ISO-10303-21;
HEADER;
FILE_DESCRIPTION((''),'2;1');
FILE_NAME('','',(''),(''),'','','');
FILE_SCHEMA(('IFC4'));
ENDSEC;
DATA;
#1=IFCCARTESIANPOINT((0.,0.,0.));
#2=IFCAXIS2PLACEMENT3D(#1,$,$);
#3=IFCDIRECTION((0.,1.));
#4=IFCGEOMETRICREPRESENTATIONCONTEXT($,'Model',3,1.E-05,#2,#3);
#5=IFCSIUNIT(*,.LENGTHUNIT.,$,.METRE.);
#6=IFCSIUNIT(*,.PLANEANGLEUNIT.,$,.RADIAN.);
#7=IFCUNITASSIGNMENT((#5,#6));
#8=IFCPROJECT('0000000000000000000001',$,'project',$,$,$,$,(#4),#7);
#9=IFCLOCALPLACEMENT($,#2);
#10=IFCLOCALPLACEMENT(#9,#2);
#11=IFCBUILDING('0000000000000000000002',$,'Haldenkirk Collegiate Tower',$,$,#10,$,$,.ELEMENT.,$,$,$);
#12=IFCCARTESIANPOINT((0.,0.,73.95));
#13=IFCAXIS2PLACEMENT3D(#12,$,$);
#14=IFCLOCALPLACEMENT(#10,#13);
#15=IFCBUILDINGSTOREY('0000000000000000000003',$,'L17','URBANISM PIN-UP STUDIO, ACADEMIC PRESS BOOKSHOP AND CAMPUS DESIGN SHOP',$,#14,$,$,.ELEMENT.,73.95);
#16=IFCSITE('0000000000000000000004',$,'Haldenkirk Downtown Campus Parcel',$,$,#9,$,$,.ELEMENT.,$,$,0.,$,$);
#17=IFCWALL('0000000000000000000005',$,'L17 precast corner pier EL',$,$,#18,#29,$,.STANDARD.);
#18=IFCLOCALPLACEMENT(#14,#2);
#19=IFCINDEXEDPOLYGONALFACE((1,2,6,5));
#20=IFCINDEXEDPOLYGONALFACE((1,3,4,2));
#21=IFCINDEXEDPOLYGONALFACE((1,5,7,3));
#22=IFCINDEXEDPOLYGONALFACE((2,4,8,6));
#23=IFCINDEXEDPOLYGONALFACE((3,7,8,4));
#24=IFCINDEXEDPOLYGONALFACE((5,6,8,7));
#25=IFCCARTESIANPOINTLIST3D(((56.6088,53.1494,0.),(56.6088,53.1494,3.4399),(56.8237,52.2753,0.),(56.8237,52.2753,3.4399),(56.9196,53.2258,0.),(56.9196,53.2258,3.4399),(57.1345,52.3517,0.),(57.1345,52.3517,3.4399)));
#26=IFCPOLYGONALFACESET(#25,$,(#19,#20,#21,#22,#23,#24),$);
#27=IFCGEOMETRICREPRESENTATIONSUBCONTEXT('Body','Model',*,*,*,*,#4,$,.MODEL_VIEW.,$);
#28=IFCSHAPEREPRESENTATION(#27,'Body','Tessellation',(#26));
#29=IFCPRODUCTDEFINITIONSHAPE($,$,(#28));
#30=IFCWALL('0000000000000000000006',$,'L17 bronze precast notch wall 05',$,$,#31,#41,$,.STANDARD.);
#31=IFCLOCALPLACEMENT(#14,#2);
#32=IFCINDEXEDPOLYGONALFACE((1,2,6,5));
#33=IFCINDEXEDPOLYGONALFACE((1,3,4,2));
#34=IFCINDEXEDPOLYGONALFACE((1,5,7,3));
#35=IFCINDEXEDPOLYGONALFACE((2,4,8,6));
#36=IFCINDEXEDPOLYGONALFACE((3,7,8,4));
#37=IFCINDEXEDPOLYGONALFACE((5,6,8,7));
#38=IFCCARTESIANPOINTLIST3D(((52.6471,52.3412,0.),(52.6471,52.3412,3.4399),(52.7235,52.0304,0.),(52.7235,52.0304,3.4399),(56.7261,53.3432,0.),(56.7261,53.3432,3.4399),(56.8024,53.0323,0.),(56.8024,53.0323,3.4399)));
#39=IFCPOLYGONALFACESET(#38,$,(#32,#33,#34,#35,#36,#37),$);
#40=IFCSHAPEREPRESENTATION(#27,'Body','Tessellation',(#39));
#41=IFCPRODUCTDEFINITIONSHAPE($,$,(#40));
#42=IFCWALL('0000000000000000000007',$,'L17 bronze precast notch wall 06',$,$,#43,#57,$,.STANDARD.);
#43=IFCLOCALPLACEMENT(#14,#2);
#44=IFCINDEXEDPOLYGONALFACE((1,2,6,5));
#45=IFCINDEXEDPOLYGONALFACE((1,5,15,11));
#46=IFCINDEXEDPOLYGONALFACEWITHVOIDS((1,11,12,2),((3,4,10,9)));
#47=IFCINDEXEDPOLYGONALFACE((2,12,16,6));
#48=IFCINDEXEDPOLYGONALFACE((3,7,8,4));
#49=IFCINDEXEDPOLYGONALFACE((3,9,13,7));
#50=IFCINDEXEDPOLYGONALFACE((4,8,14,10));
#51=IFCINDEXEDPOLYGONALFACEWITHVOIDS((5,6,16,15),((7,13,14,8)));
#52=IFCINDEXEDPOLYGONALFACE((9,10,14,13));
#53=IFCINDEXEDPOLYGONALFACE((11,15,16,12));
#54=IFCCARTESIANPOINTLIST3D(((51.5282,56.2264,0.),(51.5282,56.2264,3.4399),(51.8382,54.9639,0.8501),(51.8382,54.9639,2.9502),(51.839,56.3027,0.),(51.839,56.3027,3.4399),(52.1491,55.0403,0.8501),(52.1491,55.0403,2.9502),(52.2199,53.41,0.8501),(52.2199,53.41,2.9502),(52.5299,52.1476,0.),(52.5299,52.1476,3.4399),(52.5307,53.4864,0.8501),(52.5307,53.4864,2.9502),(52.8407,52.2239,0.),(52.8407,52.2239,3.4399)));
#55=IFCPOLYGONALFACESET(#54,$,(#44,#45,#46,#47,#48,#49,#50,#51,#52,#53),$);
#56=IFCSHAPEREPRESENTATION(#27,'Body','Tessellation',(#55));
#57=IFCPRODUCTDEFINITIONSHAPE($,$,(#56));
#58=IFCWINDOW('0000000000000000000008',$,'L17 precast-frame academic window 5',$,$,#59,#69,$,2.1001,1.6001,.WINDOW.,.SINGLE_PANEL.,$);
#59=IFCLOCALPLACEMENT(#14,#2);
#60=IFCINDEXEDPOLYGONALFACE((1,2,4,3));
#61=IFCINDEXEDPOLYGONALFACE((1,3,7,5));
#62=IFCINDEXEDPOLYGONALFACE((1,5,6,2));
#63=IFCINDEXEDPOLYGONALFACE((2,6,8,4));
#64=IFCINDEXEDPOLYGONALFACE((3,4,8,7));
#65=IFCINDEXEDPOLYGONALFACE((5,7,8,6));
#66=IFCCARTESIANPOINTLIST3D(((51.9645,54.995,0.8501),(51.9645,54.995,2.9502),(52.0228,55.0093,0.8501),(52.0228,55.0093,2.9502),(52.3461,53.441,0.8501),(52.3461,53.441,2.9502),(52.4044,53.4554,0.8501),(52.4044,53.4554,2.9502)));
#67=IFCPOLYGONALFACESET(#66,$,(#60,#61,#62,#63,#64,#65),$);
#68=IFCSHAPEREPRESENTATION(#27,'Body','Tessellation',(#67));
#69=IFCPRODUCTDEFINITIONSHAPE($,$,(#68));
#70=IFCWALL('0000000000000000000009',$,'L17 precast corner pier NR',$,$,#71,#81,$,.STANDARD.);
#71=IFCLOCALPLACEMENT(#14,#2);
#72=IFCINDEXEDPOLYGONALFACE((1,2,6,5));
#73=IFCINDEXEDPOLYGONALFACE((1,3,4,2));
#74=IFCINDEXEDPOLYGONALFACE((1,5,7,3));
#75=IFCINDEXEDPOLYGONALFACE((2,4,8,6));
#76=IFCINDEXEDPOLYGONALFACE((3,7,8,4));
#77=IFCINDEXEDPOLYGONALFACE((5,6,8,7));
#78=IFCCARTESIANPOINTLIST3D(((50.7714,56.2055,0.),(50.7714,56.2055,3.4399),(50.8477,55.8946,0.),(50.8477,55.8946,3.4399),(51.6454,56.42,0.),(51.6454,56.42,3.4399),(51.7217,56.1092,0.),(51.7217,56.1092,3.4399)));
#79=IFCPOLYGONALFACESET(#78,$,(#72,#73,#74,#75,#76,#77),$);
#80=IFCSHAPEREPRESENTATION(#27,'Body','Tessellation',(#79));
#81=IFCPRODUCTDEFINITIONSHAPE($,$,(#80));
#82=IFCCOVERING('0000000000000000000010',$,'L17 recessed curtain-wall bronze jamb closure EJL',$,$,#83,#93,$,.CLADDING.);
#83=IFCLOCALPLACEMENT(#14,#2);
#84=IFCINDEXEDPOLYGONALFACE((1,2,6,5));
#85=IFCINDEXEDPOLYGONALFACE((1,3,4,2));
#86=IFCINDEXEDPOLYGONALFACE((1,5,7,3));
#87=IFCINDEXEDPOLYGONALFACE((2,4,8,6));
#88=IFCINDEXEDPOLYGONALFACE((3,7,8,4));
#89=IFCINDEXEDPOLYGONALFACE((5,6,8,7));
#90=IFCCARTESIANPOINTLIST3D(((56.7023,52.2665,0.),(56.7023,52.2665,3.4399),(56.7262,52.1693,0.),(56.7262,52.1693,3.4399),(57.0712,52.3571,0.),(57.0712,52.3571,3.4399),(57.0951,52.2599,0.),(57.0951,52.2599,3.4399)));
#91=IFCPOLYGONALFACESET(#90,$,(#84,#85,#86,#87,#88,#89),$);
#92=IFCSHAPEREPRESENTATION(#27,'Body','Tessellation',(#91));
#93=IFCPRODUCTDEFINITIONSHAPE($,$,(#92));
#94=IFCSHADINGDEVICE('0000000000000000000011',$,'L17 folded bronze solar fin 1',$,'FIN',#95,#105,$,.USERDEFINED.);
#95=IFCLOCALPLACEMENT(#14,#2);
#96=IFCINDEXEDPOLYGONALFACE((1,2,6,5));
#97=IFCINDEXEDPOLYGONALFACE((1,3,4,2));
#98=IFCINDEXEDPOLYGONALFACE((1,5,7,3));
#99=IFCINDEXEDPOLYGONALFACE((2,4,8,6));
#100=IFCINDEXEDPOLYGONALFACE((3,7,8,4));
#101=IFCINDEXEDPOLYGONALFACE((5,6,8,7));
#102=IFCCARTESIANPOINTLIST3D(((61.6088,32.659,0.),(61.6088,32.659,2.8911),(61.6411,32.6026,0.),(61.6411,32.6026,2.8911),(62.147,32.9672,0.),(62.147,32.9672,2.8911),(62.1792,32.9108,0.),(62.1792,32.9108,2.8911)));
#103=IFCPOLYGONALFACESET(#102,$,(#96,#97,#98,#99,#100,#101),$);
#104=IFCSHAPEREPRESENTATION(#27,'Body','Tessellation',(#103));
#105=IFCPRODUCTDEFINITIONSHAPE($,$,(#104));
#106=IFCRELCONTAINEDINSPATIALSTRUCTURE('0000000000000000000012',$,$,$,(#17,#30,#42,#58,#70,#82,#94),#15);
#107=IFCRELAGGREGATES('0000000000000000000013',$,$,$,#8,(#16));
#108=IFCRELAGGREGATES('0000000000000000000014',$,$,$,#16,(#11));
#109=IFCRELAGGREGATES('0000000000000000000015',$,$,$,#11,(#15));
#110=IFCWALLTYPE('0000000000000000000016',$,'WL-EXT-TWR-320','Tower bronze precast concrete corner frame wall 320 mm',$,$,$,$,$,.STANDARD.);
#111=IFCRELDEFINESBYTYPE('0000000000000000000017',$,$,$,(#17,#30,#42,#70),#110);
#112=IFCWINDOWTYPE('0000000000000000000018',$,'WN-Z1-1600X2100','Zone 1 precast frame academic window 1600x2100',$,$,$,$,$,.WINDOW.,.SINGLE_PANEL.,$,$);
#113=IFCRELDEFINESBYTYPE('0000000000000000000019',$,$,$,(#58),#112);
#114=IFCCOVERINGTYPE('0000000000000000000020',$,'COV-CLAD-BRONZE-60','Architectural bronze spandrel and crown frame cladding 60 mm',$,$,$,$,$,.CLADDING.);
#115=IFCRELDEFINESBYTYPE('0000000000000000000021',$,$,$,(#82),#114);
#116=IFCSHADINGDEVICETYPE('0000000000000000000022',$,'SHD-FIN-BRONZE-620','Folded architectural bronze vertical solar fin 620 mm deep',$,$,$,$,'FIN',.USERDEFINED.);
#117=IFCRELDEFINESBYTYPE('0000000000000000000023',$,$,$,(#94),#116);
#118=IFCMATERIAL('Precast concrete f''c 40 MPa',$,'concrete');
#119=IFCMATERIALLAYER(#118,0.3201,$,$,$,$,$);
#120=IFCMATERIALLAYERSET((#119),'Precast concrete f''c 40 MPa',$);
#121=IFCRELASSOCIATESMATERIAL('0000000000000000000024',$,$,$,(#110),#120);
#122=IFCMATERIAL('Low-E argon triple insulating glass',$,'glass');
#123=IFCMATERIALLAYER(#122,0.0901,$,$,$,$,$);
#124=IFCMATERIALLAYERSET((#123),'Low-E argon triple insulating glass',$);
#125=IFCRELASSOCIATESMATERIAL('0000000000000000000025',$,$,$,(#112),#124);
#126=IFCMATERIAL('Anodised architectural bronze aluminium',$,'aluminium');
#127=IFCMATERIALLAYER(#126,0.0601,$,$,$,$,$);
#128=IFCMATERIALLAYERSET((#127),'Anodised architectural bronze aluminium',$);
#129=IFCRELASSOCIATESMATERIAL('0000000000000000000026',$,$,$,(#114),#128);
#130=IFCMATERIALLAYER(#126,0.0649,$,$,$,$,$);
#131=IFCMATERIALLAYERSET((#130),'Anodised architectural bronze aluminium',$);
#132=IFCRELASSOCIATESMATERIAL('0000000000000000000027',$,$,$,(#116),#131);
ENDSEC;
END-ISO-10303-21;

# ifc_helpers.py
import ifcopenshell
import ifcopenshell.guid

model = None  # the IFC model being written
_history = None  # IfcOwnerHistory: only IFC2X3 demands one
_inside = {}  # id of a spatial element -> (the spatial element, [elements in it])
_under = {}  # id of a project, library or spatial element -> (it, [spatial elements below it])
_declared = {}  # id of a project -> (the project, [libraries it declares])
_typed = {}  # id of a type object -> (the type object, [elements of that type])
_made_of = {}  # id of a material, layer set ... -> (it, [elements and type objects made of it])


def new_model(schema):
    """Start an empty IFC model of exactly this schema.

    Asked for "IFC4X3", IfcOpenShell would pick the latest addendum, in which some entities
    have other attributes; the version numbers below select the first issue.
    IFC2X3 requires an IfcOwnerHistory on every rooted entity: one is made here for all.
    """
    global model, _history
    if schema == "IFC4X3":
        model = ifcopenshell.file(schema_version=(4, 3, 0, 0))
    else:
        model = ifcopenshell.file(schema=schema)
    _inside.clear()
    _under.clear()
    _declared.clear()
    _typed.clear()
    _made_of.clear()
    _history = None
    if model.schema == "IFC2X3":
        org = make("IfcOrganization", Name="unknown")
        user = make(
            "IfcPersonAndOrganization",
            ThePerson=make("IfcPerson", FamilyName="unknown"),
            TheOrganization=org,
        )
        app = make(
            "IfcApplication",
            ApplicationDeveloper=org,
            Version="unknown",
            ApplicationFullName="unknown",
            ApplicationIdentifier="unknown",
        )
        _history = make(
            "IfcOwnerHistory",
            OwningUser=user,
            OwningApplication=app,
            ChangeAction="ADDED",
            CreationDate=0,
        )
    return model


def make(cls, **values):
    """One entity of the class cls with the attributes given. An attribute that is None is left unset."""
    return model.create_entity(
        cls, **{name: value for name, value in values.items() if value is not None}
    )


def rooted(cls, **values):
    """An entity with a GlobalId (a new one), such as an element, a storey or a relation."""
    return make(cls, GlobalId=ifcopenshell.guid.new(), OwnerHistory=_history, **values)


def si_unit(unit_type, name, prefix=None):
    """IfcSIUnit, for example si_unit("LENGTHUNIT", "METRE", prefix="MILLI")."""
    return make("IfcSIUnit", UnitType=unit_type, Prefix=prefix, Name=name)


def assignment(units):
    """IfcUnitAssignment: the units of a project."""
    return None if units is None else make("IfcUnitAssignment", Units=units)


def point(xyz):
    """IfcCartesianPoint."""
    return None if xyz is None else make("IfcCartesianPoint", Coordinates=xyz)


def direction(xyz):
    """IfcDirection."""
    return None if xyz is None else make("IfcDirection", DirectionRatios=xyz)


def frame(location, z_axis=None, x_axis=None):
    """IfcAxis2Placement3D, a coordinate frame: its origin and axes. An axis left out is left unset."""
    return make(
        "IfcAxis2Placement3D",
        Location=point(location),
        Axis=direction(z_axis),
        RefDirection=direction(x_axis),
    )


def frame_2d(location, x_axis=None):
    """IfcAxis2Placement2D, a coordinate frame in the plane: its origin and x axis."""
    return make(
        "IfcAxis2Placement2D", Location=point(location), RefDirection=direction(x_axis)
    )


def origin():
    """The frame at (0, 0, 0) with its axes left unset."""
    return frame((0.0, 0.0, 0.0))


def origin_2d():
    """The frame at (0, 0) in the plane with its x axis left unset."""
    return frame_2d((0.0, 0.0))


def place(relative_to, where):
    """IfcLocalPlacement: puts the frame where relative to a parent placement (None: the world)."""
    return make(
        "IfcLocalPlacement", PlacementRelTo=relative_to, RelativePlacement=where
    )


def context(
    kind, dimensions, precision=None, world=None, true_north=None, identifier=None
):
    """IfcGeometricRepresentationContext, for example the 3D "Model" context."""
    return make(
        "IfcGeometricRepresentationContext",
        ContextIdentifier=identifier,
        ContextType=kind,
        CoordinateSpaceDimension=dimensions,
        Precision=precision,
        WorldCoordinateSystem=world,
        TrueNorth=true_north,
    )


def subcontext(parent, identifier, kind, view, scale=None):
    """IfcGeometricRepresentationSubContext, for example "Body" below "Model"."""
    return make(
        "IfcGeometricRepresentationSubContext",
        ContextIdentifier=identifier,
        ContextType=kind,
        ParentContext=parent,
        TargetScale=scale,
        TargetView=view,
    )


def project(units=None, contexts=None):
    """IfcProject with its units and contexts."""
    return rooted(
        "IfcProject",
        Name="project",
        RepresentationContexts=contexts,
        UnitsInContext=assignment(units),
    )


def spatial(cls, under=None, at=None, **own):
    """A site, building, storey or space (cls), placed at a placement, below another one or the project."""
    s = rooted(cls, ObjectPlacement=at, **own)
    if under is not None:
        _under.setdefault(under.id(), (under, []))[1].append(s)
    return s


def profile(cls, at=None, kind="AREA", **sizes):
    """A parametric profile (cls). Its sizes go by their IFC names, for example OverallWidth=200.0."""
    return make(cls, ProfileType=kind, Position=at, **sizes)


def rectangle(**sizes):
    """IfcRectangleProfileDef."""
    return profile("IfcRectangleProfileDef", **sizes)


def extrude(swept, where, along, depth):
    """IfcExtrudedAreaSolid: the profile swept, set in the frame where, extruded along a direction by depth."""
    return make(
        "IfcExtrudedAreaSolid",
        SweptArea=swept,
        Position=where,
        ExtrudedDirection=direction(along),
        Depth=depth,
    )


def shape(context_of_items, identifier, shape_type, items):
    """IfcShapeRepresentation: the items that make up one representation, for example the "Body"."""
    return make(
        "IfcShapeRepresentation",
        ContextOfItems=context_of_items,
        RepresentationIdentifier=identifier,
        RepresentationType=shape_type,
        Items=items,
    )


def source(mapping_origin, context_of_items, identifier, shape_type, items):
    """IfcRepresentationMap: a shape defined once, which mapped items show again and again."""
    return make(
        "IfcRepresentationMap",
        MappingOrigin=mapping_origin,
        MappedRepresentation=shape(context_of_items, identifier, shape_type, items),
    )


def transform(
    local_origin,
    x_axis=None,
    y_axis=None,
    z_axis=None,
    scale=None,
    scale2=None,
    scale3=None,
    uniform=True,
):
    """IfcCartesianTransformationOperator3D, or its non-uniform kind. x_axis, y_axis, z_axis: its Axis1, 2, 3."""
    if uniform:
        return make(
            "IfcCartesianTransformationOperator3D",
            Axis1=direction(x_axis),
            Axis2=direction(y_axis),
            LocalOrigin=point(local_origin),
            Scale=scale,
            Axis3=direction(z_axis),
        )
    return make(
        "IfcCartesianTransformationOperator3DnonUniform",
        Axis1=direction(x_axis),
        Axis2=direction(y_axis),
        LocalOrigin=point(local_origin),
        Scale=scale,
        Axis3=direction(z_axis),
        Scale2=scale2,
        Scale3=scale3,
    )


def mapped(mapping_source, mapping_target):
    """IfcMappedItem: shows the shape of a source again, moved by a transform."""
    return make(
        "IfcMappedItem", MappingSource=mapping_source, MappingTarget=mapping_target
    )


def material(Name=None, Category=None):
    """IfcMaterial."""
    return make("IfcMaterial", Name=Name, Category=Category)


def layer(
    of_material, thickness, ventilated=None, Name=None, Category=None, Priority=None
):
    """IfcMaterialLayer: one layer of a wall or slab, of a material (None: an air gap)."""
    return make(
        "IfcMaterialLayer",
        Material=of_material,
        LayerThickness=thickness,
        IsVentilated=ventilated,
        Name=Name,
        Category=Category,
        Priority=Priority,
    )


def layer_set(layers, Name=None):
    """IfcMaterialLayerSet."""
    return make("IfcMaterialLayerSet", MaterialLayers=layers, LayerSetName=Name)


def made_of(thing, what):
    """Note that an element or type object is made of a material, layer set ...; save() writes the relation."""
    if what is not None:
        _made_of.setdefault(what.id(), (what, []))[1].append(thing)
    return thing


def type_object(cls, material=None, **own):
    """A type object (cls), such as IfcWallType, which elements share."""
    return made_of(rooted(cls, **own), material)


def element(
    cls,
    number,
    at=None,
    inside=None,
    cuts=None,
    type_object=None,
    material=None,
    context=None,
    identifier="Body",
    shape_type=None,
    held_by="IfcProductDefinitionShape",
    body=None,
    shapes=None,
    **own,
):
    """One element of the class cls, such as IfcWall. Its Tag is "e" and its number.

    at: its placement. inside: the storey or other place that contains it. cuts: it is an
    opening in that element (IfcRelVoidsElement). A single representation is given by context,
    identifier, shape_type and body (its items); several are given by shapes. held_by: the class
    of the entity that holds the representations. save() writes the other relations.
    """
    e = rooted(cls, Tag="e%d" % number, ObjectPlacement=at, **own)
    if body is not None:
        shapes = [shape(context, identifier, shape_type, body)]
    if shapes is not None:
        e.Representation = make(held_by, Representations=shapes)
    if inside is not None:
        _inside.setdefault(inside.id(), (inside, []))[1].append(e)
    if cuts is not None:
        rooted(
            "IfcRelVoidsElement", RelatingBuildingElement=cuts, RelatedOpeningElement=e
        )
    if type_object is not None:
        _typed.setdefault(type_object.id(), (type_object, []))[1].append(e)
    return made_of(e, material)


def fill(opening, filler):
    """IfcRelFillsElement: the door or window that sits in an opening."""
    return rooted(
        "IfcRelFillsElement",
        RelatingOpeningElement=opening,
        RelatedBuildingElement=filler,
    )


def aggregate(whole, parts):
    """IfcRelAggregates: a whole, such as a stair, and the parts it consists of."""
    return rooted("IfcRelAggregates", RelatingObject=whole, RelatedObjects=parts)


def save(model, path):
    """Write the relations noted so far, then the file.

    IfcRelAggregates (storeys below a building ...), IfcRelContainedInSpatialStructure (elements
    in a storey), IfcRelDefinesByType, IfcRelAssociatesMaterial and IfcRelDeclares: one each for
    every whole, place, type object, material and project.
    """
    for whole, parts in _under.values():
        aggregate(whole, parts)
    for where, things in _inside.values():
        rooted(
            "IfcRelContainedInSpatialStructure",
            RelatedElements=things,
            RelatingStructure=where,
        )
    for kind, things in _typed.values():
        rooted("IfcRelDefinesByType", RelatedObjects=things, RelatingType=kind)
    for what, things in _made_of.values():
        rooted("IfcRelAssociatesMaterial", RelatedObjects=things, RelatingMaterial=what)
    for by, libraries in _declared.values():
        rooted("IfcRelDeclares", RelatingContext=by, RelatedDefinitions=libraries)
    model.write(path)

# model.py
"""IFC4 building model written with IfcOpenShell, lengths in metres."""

from ifc_helpers import new_model, si_unit, direction, frame, frame_2d, origin, origin_2d, place, context, subcontext, project, spatial, rectangle, extrude, source, transform, mapped, material, layer, layer_set, type_object, element, fill, save


model = new_model("IFC4")

# Units and contexts
model_context = context("Model", 3, precision=1e-05, world=origin(), true_north=direction((0.0, 1.0)))
body_context = subcontext(model_context, "Body", "Model", "MODEL_VIEW")
ifc_project = project(units=[si_unit("LENGTHUNIT", "METRE"), si_unit("PLANEANGLEUNIT", "RADIAN")], contexts=[model_context])

# Site, building, storey
site_placement = place(None, origin())
site = spatial("IfcSite", under=ifc_project, at=site_placement, Name="Haldenkirk Downtown Campus Parcel", CompositionType="ELEMENT", RefElevation=0.0)
building_placement = place(site_placement, origin())
building = spatial("IfcBuilding", under=site, at=building_placement, Name="Haldenkirk Collegiate Tower", CompositionType="ELEMENT")
storey_placement = place(building_placement, frame((0.0, 0.0, 73.95)))
storey = spatial("IfcBuildingStorey", under=building, at=storey_placement, Name="L17", Description="URBANISM PIN-UP STUDIO, ACADEMIC PRESS BOOKSHOP AND CAMPUS DESIGN SHOP", CompositionType="ELEMENT", Elevation=73.95)

# Shared definitions
ifc_material_1 = material(Name="Anodised architectural bronze aluminium", Category="aluminium")

# Shared definitions
ifc_material_2 = material(Name="Low-E argon triple insulating glass", Category="glass")

# Walls
ifc_material_3 = material(Name="Precast concrete f'c 40 MPa", Category="concrete")
ifc_layer_1 = layer(ifc_material_3, 0.3201)
ifc_layer_set_1 = layer_set([ifc_layer_1], Name="Precast concrete f'c 40 MPa")
wall_type = type_object("IfcWallType", Name="WL-EXT-TWR-320", Description="Tower bronze precast concrete corner frame wall 320 mm", PredefinedType="STANDARD", material=ifc_layer_set_1)
wall_1_placement = place(storey_placement, frame((56.7642, 53.1877, 0.0), z_axis=(0.0, 0.0, 1.0), x_axis=(0.238704, -0.971092, 0.0)))
element("IfcWall", 1, at=wall_1_placement, inside=storey, type_object=wall_type, Name="L17 precast corner pier EL", PredefinedType="STANDARD", context=body_context, shape_type="SweptSolid", body=[
    extrude(rectangle(XDim=0.9001, YDim=0.3201, at=frame_2d((0.4502, 0.0))), origin(), (0.0, 0.0, 1.0), 3.4399),
])
wall_2_placement = place(storey_placement, frame((52.6853, 52.1858, 0.0), z_axis=(0.0, 0.0, 1.0), x_axis=(0.971129, 0.238554, 0.0)))
element("IfcWall", 2, at=wall_2_placement, inside=storey, type_object=wall_type, Name="L17 bronze precast notch wall 05", PredefinedType="STANDARD", context=body_context, shape_type="SweptSolid", body=[
    extrude(rectangle(XDim=4.2002, YDim=0.3201, at=frame_2d((2.1001, 0.0))), origin(), (0.0, 0.0, 1.0), 3.4399),
])

# Wall, opening, window
wall_3_placement = place(storey_placement, frame((51.6836, 56.2646, 0.0), z_axis=(0.0, 0.0, 1.0), x_axis=(0.238499, -0.971143, 0.0)))
wall_3 = element("IfcWall", 3, at=wall_3_placement, inside=storey, type_object=wall_type, Name="L17 bronze precast notch wall 06", PredefinedType="STANDARD", context=body_context, shape_type="SweptSolid", body=[
    extrude(rectangle(XDim=4.2, YDim=0.3201, at=frame_2d((2.1001, 0.0))), origin(), (0.0, 0.0, 1.0), 3.4399),
])
opening_placement = place(wall_3_placement, frame((1.3, 0.0, 0.8501)))
opening = element("IfcOpeningElement", 4, at=opening_placement, cuts=wall_3, PredefinedType="OPENING", context=body_context, shape_type="SweptSolid", body=[
    extrude(rectangle(XDim=1.6001, YDim=2.1001, at=frame_2d((0.8, 1.05))), frame((0.0, 0.1699, 0.0), z_axis=(0.0, -1.0, 0.0), x_axis=(1.0, 0.0, 0.0)), (0.0, 0.0, 1.0), 0.3401),
])
ifc_layer_2 = layer(ifc_material_2, 0.0901)
ifc_layer_set_2 = layer_set([ifc_layer_2], Name="Low-E argon triple insulating glass")
window_type = type_object("IfcWindowType", Name="WN-Z1-1600X2100", Description="Zone 1 precast frame academic window 1600x2100", PartitioningType="SINGLE_PANEL", PredefinedType="WINDOW", material=ifc_layer_set_2)
window_placement = place(opening_placement, origin())
window = element("IfcWindow", 5, at=window_placement, inside=storey, type_object=window_type, Name="L17 precast-frame academic window 5", OverallHeight=2.1001, OverallWidth=1.6001, PartitioningType="SINGLE_PANEL", PredefinedType="WINDOW", context=body_context, shape_type="SweptSolid", body=[
    extrude(rectangle(XDim=1.6001, YDim=2.1001, at=frame_2d((0.8, 1.05))), frame((0.0, 0.03, 0.0), z_axis=(0.0, -1.0, 0.0), x_axis=(1.0, 0.0, 0.0)), (0.0, 0.0, 1.0), 0.0601),
])
fill(opening, window)

# Wall
wall_4_placement = place(storey_placement, frame((50.8096, 56.05, 0.0), z_axis=(0.0, 0.0, 1.0), x_axis=(0.971155, 0.238448, 0.0)))
element("IfcWall", 6, at=wall_4_placement, inside=storey, type_object=wall_type, Name="L17 precast corner pier NR", PredefinedType="STANDARD", context=body_context, shape_type="SweptSolid", body=[
    extrude(rectangle(XDim=0.8999, YDim=0.3201, at=frame_2d((0.45, 0.0))), origin(), (0.0, 0.0, 1.0), 3.4399),
])

# Covering
ifc_layer_3 = layer(ifc_material_1, 0.0601)
ifc_layer_set_3 = layer_set([ifc_layer_3], Name="Anodised architectural bronze aluminium")
covering_type = type_object("IfcCoveringType", Name="COV-CLAD-BRONZE-60", Description="Architectural bronze spandrel and crown frame cladding 60 mm", PredefinedType="CLADDING", material=ifc_layer_set_3)
shared_shape_1 = source(origin(), body_context, "Body", "SweptSolid", [
    extrude(rectangle(XDim=0.1001, YDim=0.3799, at=origin_2d()), origin(), (0.0, 0.0, 1.0), 3.4399),
])
covering_placement = place(storey_placement, frame((56.8987, 52.2632, 0.0), z_axis=(0.0, 0.0, 1.0), x_axis=(0.238533, -0.971134, 0.0)))
element("IfcCovering", 7, at=covering_placement, inside=storey, type_object=covering_type, Name="L17 recessed curtain-wall bronze jamb closure EJL", PredefinedType="CLADDING", context=body_context, shape_type="MappedRepresentation", body=[
    mapped(shared_shape_1, transform((0.0, 0.0, 0.0), x_axis=(1.0, 0.0, 0.0), y_axis=(0.0, 1.0, 0.0), z_axis=(0.0, 0.0, 1.0), scale=1.0)),
])

# Shading device
ifc_layer_4 = layer(ifc_material_1, 0.0649)
ifc_layer_set_4 = layer_set([ifc_layer_4], Name="Anodised architectural bronze aluminium")
shading_device_type = type_object("IfcShadingDeviceType", Name="SHD-FIN-BRONZE-620", Description="Folded architectural bronze vertical solar fin 620 mm deep", ElementType="FIN", PredefinedType="USERDEFINED", material=ifc_layer_set_4)
shared_shape_2 = source(origin(), body_context, "Body", "SweptSolid", [
    extrude(rectangle(XDim=0.6201, YDim=0.0649, at=origin_2d()), origin(), (0.0, 0.0, 1.0), 2.8911),
])
shading_device_placement = place(storey_placement, frame((61.894, 32.7849, 0.0), z_axis=(0.0, 0.0, 1.0), x_axis=(0.867765, 0.496974, 0.0)))
element("IfcShadingDevice", 8, at=shading_device_placement, inside=storey, type_object=shading_device_type, Name="L17 folded bronze solar fin 1", ObjectType="FIN", PredefinedType="USERDEFINED", context=body_context, shape_type="MappedRepresentation", body=[
    mapped(shared_shape_2, transform((0.0, 0.0, 0.0), x_axis=(1.0, 0.0, 0.0), y_axis=(0.0, 1.0, 0.0), z_axis=(0.0, 0.0, 1.0), scale=1.0)),
])

save(model, "model.ifc")
